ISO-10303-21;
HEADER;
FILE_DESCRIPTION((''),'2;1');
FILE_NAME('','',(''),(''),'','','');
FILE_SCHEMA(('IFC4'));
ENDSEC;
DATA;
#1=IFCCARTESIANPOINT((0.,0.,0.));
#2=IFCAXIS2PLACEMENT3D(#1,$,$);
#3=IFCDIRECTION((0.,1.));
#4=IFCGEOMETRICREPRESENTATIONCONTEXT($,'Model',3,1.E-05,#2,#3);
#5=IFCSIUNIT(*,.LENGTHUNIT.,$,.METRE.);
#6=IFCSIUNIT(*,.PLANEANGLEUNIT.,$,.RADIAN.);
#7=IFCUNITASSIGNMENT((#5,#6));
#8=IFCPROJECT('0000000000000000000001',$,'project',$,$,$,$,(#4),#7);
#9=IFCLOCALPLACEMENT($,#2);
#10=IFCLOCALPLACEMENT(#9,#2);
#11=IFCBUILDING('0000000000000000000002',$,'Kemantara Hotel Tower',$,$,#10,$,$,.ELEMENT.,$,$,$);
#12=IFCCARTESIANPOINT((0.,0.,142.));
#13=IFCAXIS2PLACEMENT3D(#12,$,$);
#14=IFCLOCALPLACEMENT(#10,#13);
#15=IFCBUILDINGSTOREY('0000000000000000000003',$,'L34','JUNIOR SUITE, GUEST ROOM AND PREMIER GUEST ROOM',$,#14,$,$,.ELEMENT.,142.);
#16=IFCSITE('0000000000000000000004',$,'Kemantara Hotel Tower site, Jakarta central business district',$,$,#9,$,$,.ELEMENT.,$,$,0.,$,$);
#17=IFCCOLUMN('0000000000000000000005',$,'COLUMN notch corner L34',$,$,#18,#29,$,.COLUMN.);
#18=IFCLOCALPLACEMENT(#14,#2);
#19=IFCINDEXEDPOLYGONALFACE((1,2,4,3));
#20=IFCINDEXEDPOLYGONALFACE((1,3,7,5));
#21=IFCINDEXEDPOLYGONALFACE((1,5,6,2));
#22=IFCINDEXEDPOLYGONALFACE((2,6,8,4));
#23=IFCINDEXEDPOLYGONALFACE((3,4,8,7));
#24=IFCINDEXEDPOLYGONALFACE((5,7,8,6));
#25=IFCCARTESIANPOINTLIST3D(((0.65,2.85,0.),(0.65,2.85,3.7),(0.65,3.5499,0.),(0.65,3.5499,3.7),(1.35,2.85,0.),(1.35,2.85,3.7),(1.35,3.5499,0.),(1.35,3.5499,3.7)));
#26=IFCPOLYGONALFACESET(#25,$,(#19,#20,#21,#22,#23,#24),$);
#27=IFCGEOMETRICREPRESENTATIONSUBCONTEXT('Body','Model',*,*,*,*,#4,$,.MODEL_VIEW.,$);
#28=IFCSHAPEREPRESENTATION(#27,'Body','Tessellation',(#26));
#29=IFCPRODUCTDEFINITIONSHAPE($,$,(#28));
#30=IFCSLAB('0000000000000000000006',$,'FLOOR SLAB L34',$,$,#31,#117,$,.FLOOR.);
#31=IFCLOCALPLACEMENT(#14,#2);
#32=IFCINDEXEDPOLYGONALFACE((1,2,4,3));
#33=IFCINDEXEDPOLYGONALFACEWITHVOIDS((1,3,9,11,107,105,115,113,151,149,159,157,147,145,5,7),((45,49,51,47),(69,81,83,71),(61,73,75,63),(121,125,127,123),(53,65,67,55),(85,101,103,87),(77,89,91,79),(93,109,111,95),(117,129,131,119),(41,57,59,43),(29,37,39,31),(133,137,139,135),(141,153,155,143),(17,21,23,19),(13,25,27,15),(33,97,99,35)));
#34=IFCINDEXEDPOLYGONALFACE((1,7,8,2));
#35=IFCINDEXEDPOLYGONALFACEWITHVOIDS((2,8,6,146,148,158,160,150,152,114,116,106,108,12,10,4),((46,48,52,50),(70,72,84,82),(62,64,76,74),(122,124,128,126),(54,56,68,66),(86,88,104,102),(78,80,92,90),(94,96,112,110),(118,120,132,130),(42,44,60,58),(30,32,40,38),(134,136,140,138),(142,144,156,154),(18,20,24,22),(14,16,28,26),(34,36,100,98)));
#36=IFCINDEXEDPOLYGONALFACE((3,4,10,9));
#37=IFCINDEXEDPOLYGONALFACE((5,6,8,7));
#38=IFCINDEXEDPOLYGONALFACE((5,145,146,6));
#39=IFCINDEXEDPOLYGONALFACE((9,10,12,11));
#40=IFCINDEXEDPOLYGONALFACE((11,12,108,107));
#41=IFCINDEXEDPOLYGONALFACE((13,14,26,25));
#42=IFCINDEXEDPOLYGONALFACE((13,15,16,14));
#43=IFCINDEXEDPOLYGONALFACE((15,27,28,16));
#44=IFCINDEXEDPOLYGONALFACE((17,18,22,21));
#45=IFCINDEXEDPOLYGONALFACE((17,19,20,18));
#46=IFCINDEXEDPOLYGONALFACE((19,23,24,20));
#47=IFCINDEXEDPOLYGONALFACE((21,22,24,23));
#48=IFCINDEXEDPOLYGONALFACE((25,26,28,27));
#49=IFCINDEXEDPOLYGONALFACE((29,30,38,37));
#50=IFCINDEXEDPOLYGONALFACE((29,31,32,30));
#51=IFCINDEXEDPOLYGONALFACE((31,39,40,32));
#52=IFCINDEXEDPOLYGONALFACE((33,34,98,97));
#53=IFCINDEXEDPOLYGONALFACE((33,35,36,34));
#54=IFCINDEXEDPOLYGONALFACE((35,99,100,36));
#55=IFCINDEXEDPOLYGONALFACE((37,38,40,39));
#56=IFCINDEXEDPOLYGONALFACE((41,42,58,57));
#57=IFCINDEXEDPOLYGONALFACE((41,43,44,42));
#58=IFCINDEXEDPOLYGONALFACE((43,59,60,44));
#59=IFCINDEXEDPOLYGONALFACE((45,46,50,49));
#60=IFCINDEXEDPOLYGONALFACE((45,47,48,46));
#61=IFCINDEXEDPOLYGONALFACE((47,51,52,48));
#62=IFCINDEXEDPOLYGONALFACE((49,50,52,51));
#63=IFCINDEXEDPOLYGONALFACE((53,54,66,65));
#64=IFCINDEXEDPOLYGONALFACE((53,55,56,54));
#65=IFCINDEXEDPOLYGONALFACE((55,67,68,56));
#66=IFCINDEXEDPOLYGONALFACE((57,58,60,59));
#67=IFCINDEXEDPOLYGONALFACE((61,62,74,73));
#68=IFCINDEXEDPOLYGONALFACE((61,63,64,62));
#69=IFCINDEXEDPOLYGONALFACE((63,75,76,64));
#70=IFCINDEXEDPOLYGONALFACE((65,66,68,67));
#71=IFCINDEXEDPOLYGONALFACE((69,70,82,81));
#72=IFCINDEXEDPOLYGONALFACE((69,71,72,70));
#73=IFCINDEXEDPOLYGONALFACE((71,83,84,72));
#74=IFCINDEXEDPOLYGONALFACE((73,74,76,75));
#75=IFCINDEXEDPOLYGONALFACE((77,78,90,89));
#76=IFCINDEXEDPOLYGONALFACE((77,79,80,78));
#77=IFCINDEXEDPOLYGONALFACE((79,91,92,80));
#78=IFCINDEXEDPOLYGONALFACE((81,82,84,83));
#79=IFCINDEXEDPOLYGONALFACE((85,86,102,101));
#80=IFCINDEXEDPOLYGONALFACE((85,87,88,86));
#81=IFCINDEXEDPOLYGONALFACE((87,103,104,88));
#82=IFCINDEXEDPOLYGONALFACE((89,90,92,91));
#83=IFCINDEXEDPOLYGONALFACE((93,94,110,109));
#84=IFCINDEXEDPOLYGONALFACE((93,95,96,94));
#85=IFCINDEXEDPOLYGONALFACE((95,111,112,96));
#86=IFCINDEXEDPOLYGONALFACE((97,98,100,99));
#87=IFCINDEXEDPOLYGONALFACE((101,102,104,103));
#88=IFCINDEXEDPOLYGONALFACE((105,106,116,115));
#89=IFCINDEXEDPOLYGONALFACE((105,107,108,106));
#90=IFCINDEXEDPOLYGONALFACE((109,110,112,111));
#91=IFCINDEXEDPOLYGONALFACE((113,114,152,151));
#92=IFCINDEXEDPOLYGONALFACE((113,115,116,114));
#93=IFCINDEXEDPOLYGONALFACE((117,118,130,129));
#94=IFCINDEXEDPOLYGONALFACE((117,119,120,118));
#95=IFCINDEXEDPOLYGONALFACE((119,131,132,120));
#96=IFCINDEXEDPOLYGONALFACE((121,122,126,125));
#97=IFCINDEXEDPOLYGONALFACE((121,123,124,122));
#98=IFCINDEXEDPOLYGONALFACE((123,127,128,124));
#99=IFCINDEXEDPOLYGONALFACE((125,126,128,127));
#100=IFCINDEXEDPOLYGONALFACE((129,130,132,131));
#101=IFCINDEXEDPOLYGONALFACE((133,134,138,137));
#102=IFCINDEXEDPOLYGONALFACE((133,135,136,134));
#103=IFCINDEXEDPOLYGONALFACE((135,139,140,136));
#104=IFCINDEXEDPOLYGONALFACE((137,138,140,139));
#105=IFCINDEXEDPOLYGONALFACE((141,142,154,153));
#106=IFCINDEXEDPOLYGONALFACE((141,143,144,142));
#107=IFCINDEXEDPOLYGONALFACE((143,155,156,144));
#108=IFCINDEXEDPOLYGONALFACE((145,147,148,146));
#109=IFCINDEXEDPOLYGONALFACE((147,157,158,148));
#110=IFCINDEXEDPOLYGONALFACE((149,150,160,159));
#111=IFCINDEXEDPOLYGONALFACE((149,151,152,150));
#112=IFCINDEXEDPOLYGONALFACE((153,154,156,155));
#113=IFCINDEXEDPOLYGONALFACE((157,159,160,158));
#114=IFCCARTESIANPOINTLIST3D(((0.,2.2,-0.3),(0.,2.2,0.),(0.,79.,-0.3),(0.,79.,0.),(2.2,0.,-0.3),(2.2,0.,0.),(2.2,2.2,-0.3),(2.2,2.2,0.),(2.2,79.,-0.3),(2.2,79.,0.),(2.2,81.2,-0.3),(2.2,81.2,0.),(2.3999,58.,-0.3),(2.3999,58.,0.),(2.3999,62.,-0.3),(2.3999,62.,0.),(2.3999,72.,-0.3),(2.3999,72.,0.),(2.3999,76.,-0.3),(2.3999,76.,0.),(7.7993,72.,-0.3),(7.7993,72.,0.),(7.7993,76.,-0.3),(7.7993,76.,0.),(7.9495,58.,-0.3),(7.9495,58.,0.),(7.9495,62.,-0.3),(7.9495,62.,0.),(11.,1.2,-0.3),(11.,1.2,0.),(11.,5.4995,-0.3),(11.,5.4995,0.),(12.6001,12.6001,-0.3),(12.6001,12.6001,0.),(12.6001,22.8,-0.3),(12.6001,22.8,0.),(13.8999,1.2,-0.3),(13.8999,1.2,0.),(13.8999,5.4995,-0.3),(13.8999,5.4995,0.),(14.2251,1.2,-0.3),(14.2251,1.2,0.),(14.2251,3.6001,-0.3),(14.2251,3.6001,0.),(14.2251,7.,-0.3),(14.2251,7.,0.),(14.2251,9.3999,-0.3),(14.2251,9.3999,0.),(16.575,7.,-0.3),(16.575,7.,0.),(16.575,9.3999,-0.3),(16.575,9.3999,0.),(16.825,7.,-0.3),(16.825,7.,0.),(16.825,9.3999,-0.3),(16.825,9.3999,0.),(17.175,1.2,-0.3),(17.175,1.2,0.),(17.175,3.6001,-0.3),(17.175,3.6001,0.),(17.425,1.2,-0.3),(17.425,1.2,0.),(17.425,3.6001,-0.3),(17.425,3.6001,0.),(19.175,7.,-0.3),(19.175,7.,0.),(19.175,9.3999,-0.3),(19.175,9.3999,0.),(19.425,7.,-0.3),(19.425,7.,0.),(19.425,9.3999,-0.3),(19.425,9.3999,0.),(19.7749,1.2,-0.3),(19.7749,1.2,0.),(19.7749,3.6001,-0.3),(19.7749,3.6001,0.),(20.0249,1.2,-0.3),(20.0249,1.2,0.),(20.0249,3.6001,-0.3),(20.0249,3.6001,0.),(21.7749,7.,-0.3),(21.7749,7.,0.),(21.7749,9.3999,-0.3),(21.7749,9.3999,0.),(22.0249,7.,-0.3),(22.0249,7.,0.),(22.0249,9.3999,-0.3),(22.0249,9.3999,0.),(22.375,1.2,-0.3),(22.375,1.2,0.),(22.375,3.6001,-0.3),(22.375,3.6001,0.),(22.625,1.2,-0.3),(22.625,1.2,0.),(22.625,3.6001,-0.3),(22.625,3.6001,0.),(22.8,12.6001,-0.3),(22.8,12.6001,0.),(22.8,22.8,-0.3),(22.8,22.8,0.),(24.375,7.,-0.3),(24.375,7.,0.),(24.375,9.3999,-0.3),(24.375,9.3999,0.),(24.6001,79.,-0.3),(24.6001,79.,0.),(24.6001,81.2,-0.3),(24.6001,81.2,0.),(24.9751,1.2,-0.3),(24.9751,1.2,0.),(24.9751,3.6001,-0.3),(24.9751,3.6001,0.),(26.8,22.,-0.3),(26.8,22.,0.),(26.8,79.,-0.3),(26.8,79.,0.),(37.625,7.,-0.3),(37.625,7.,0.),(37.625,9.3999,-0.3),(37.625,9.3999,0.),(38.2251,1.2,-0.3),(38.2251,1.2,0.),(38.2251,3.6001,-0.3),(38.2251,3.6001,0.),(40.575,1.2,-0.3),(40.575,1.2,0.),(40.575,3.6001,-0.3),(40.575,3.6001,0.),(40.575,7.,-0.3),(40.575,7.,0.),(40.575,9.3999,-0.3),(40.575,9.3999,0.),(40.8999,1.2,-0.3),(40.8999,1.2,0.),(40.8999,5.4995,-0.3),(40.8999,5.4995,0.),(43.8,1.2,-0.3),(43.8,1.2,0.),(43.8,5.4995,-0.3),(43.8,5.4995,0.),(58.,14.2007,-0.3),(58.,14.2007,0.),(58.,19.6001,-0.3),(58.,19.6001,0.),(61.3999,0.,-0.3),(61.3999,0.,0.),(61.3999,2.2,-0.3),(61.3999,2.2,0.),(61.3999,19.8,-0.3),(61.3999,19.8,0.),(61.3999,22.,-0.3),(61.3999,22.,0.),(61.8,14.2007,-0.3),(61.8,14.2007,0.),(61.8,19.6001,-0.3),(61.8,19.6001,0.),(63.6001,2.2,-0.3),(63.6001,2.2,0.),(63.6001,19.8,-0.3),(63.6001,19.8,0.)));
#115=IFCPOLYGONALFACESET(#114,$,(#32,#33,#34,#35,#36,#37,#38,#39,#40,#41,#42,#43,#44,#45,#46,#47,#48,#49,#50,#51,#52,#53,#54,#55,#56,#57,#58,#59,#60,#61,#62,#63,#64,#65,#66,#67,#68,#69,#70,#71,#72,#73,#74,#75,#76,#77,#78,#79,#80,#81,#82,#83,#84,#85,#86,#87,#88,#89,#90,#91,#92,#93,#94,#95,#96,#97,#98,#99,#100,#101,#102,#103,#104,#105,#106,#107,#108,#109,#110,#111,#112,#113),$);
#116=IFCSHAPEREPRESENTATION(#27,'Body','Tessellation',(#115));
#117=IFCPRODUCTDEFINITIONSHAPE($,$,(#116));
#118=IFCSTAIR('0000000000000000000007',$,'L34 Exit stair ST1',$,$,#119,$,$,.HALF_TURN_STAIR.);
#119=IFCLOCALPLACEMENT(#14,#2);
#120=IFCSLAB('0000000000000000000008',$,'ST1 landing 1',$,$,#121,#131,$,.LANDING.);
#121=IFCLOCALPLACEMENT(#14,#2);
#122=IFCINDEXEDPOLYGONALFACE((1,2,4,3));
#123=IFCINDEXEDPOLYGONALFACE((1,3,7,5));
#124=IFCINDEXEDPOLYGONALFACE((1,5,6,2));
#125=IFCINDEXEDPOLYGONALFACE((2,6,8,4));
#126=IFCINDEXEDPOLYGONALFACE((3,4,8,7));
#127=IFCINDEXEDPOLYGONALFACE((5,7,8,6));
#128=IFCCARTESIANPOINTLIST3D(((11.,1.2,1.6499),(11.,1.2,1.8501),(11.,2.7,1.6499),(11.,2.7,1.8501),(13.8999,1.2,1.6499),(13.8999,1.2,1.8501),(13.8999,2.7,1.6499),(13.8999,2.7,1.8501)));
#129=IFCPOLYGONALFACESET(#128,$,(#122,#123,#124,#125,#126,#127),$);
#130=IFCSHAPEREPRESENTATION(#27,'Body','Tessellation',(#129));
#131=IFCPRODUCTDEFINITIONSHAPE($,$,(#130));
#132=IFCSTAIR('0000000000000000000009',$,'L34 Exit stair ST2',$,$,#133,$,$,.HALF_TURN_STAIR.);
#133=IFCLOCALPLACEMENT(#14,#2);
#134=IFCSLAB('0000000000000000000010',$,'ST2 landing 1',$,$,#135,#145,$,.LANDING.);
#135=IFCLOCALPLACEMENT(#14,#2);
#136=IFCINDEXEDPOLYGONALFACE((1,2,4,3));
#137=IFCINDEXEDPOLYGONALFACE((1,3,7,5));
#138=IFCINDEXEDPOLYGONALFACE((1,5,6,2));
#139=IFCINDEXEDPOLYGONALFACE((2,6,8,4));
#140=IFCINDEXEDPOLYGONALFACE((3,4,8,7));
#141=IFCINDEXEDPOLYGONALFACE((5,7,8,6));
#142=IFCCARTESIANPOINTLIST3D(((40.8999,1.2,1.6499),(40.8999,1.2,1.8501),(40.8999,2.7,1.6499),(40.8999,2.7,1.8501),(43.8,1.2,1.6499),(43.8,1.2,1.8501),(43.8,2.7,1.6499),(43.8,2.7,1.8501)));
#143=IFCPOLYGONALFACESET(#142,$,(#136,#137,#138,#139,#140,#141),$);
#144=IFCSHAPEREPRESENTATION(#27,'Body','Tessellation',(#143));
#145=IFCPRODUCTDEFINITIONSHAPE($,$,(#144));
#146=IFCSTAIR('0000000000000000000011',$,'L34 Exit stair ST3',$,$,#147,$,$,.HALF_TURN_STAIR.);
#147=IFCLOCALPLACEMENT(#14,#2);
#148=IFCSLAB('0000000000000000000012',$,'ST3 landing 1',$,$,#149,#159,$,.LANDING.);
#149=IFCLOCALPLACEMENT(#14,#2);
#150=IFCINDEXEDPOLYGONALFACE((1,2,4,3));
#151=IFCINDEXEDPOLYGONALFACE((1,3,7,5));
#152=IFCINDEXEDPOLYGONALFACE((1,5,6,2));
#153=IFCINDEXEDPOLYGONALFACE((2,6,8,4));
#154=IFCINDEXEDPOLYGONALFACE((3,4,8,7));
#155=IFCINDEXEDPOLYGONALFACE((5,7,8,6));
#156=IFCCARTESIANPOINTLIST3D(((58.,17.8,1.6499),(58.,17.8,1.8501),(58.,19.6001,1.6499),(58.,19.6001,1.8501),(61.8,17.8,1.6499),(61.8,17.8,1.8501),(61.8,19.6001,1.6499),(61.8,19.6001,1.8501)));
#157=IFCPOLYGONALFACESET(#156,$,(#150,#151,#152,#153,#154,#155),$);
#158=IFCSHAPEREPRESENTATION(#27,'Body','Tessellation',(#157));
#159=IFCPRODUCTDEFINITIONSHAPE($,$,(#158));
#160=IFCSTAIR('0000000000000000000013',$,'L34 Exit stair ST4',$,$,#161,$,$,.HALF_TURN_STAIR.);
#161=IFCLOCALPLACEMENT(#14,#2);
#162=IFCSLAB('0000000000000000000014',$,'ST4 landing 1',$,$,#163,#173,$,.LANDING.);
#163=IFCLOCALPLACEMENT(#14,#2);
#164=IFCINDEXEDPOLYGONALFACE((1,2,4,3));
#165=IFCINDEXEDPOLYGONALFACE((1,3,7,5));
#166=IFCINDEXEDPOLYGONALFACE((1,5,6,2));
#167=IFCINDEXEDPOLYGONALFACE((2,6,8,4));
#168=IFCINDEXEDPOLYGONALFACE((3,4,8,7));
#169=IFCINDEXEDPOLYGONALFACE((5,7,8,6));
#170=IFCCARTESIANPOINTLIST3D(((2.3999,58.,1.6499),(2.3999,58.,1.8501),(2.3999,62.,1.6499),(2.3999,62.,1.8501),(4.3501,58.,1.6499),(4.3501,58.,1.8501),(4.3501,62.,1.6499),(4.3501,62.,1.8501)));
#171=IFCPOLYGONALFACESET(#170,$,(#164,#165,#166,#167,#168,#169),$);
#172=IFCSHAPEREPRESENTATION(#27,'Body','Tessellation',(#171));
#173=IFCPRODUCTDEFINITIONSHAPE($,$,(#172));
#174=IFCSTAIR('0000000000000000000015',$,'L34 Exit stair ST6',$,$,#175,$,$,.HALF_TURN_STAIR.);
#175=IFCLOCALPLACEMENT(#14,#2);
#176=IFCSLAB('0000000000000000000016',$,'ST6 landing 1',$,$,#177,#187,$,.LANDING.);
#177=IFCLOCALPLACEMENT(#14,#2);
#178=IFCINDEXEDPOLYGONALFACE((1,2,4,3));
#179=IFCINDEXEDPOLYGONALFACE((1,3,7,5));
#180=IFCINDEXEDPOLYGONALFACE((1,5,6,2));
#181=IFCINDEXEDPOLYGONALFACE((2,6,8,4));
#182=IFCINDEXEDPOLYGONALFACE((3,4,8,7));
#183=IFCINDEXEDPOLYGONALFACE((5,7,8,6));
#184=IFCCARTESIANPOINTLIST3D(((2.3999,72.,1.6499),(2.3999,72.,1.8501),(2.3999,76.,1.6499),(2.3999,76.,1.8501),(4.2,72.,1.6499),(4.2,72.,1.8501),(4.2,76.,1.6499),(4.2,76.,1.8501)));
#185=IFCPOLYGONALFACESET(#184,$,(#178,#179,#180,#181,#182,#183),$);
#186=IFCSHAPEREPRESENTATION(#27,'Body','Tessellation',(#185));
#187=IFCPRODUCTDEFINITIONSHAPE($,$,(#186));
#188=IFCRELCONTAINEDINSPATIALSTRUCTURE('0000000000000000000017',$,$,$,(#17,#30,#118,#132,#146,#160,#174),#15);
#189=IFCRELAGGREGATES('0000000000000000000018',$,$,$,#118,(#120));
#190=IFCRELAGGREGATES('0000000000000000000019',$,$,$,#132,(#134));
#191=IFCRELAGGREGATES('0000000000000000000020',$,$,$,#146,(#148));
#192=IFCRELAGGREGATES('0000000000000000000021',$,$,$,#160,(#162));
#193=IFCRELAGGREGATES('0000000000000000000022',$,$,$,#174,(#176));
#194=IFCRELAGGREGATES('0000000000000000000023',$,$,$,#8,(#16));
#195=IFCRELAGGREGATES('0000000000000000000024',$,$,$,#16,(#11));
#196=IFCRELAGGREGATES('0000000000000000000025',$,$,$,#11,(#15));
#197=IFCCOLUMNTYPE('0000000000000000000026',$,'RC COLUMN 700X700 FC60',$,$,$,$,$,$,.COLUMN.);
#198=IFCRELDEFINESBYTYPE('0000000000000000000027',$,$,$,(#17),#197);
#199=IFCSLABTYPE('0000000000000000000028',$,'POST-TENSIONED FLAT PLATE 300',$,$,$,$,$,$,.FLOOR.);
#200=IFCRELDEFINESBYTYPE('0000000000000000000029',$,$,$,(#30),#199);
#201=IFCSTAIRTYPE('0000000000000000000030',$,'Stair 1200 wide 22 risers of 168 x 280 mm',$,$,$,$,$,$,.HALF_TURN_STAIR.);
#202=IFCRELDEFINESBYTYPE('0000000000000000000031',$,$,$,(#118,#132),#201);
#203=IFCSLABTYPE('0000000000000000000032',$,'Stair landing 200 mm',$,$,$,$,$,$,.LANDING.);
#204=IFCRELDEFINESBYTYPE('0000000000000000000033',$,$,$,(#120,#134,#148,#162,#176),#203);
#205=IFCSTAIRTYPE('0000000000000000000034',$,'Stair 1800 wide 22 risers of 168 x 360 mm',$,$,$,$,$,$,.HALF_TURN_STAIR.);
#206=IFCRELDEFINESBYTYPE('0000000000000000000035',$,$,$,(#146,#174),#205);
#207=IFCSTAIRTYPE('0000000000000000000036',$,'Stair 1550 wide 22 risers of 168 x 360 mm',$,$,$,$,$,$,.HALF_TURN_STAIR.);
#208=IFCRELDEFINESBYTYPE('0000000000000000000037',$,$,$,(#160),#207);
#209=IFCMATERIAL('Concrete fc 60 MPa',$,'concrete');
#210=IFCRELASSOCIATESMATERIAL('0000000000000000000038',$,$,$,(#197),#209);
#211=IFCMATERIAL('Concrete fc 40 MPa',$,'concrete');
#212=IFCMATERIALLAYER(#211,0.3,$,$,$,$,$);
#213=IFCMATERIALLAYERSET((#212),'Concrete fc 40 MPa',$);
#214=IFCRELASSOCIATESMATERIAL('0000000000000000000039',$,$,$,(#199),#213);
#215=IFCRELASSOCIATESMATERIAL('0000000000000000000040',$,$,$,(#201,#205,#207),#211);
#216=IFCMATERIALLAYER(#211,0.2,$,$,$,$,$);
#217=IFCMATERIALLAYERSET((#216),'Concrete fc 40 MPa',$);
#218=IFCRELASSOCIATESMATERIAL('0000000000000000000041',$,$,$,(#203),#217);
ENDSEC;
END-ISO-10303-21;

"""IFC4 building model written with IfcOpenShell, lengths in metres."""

from ifc_helpers import new_model, si_unit, direction, frame, origin, origin_2d, place, context, subcontext, project, spatial, polyline, rectangle, outline, extrude, material, layer, layer_set, material_profile, profile_set, type_object, element, aggregate, save


model = new_model("IFC4")

# Units and contexts
model_context = context("Model", 3, precision=1e-05, world=origin(), true_north=direction((0.0, 1.0)))
body_context = subcontext(model_context, "Body", "Model", "MODEL_VIEW")
ifc_project = project(units=[si_unit("LENGTHUNIT", "METRE"), si_unit("PLANEANGLEUNIT", "RADIAN")], contexts=[model_context])

# Site, building, storey
site_placement = place(None, origin())
site = spatial("IfcSite", under=ifc_project, at=site_placement, Name="Kemantara Hotel Tower site, Jakarta central business district", CompositionType="ELEMENT", RefElevation=0.0)
building_placement = place(site_placement, origin())
building = spatial("IfcBuilding", under=site, at=building_placement, Name="Kemantara Hotel Tower", CompositionType="ELEMENT")
storey_placement = place(building_placement, frame((0.0, 0.0, 142.0)))
storey = spatial("IfcBuildingStorey", under=building, at=storey_placement, Name="L34", Description="JUNIOR SUITE, GUEST ROOM AND PREMIER GUEST ROOM", CompositionType="ELEMENT", Elevation=142.0)

# Column
ifc_material_1 = material(Name="Concrete fc 60 MPa", Category="concrete")
ifc_material_profile = material_profile(ifc_material_1, rectangle(XDim=0.7, YDim=0.7, at=origin_2d()), Name="RC 700X700")
ifc_profile_set = profile_set([ifc_material_profile], Name="Concrete fc 60 MPa")
column_type = type_object("IfcColumnType", Name="RC COLUMN 700X700 FC60", PredefinedType="COLUMN", material=ifc_profile_set)
column_placement = place(storey_placement, frame((1.0, 3.2, 0.0), z_axis=(0.0, 0.0, 1.0), x_axis=(1.0, 0.0, 0.0)))
element("IfcColumn", 1, at=column_placement, inside=storey, type_object=column_type, Name="COLUMN notch corner L34", PredefinedType="COLUMN", context=body_context, shape_type="SweptSolid", body=[
    extrude(rectangle(XDim=0.7, YDim=0.7, at=origin_2d()), origin(), (0.0, 0.0, 1.0), 3.7),
])

# Slab
ifc_material_2 = material(Name="Concrete fc 40 MPa", Category="concrete")
ifc_layer_1 = layer(ifc_material_2, 0.3)
ifc_layer_set_1 = layer_set([ifc_layer_1], Name="Concrete fc 40 MPa")
slab_type_1 = type_object("IfcSlabType", Name="POST-TENSIONED FLAT PLATE 300", PredefinedType="FLOOR", material=ifc_layer_set_1)
slab_1_placement = place(storey_placement, frame((0.0, 0.0, -0.3)))
element("IfcSlab", 2, at=slab_1_placement, inside=storey, type_object=slab_type_1, Name="FLOOR SLAB L34", PredefinedType="FLOOR", context=body_context, shape_type="SweptSolid", body=[
    extrude(outline(polyline([(26.8, 79.0), (24.6001, 79.0), (24.6001, 81.2), (2.2, 81.2), (2.2, 79.0), (0.0, 79.0), (0.0, 2.2), (2.2, 2.2), (2.2, 0.0), (61.3999, 0.0), (61.3999, 2.2), (63.6001, 2.2), (63.6001, 19.8), (61.3999, 19.8), (61.3999, 22.0), (26.8, 22.0), (26.8, 79.0)]), holes=[polyline([(17.175, 1.2), (14.2251, 1.2), (14.2251, 3.6001), (17.175, 3.6001), (17.175, 1.2)]), polyline([(19.7749, 1.2), (17.425, 1.2), (17.425, 3.6001), (19.7749, 3.6001), (19.7749, 1.2)]), polyline([(11.0, 1.2), (11.0, 5.4995), (13.8999, 5.4995), (13.8999, 1.2), (11.0, 1.2)]), polyline([(16.575, 7.0), (14.2251, 7.0), (14.2251, 9.3999), (16.575, 9.3999), (16.575, 7.0)]), polyline([(19.175, 7.0), (16.825, 7.0), (16.825, 9.3999), (19.175, 9.3999), (19.175, 7.0)]), polyline([(22.8, 12.6001), (12.6001, 12.6001), (12.6001, 22.8), (22.8, 22.8), (22.8, 12.6001)]), polyline([(2.3999, 62.0), (7.9495, 62.0), (7.9495, 58.0), (2.3999, 58.0), (2.3999, 62.0)]), polyline([(2.3999, 76.0), (7.7993, 76.0), (7.7993, 72.0), (2.3999, 72.0), (2.3999, 76.0)]), polyline([(22.375, 1.2), (20.0249, 1.2), (20.0249, 3.6001), (22.375, 3.6001), (22.375, 1.2)]), polyline([(24.9751, 1.2), (22.625, 1.2), (22.625, 3.6001), (24.9751, 3.6001), (24.9751, 1.2)]), polyline([(40.575, 1.2), (38.2251, 1.2), (38.2251, 3.6001), (40.575, 3.6001), (40.575, 1.2)]), polyline([(40.8999, 1.2), (40.8999, 5.4995), (43.8, 5.4995), (43.8, 1.2), (40.8999, 1.2)]), polyline([(21.7749, 7.0), (19.425, 7.0), (19.425, 9.3999), (21.7749, 9.3999), (21.7749, 7.0)]), polyline([(24.375, 7.0), (22.0249, 7.0), (22.0249, 9.3999), (24.375, 9.3999), (24.375, 7.0)]), polyline([(40.575, 7.0), (37.625, 7.0), (37.625, 9.3999), (40.575, 9.3999), (40.575, 7.0)]), polyline([(61.8, 19.6001), (61.8, 14.2007), (58.0, 14.2007), (58.0, 19.6001), (61.8, 19.6001)])]), origin(), (0.0, 0.0, 1.0), 0.3),
])

# Stairs, slabs
stair_type_1 = type_object("IfcStairType", Name="Stair 1200 wide 22 risers of 168 x 280 mm", PredefinedType="HALF_TURN_STAIR", material=ifc_material_2)
stair_1_placement = place(storey_placement, origin())
stair_1 = element("IfcStair", 3, at=stair_1_placement, inside=storey, type_object=stair_type_1, Name="L34 Exit stair ST1", PredefinedType="HALF_TURN_STAIR")
ifc_layer_2 = layer(ifc_material_2, 0.2)
ifc_layer_set_2 = layer_set([ifc_layer_2], Name="Concrete fc 40 MPa")
slab_type_2 = type_object("IfcSlabType", Name="Stair landing 200 mm", PredefinedType="LANDING", material=ifc_layer_set_2)
slab_2_placement = place(storey_placement, frame((0.0, 0.0, 1.6499)))
slab_2 = element("IfcSlab", 4, at=slab_2_placement, type_object=slab_type_2, Name="ST1 landing 1", PredefinedType="LANDING", context=body_context, shape_type="SweptSolid", body=[
    extrude(outline(polyline([(11.0, 2.7), (11.0, 1.2), (13.8999, 1.2), (13.8999, 2.7), (11.0, 2.7)])), origin(), (0.0, 0.0, 1.0), 0.2002),
])
aggregate(stair_1, [slab_2])
stair_2_placement = place(storey_placement, origin())
stair_2 = element("IfcStair", 5, at=stair_2_placement, inside=storey, type_object=stair_type_1, Name="L34 Exit stair ST2", PredefinedType="HALF_TURN_STAIR")
slab_3_placement = place(storey_placement, frame((0.0, 0.0, 1.6499)))
slab_3 = element("IfcSlab", 6, at=slab_3_placement, type_object=slab_type_2, Name="ST2 landing 1", PredefinedType="LANDING", context=body_context, shape_type="SweptSolid", body=[
    extrude(outline(polyline([(40.8999, 2.7), (40.8999, 1.2), (43.8, 1.2), (43.8, 2.7), (40.8999, 2.7)])), origin(), (0.0, 0.0, 1.0), 0.2002),
])
aggregate(stair_2, [slab_3])
stair_type_2 = type_object("IfcStairType", Name="Stair 1800 wide 22 risers of 168 x 360 mm", PredefinedType="HALF_TURN_STAIR", material=ifc_material_2)
stair_3_placement = place(storey_placement, origin())
stair_3 = element("IfcStair", 7, at=stair_3_placement, inside=storey, type_object=stair_type_2, Name="L34 Exit stair ST3", PredefinedType="HALF_TURN_STAIR")
slab_4_placement = place(storey_placement, frame((0.0, 0.0, 1.6499)))
slab_4 = element("IfcSlab", 8, at=slab_4_placement, type_object=slab_type_2, Name="ST3 landing 1", PredefinedType="LANDING", context=body_context, shape_type="SweptSolid", body=[
    extrude(outline(polyline([(61.8, 17.8), (61.8, 19.6001), (58.0, 19.6001), (58.0, 17.8), (61.8, 17.8)])), origin(), (0.0, 0.0, 1.0), 0.2002),
])
aggregate(stair_3, [slab_4])
stair_type_3 = type_object("IfcStairType", Name="Stair 1550 wide 22 risers of 168 x 360 mm", PredefinedType="HALF_TURN_STAIR", material=ifc_material_2)
stair_4_placement = place(storey_placement, origin())
stair_4 = element("IfcStair", 9, at=stair_4_placement, inside=storey, type_object=stair_type_3, Name="L34 Exit stair ST4", PredefinedType="HALF_TURN_STAIR")
slab_5_placement = place(storey_placement, frame((0.0, 0.0, 1.6499)))
slab_5 = element("IfcSlab", 10, at=slab_5_placement, type_object=slab_type_2, Name="ST4 landing 1", PredefinedType="LANDING", context=body_context, shape_type="SweptSolid", body=[
    extrude(outline(polyline([(4.3501, 62.0), (2.3999, 62.0), (2.3999, 58.0), (4.3501, 58.0), (4.3501, 62.0)])), origin(), (0.0, 0.0, 1.0), 0.2002),
])
aggregate(stair_4, [slab_5])
stair_5_placement = place(storey_placement, origin())
stair_5 = element("IfcStair", 11, at=stair_5_placement, inside=storey, type_object=stair_type_2, Name="L34 Exit stair ST6", PredefinedType="HALF_TURN_STAIR")
slab_6_placement = place(storey_placement, frame((0.0, 0.0, 1.6499)))
slab_6 = element("IfcSlab", 12, at=slab_6_placement, type_object=slab_type_2, Name="ST6 landing 1", PredefinedType="LANDING", context=body_context, shape_type="SweptSolid", body=[
    extrude(outline(polyline([(4.2, 76.0), (2.3999, 76.0), (2.3999, 72.0), (4.2, 72.0), (4.2, 76.0)])), origin(), (0.0, 0.0, 1.0), 0.2002),
])
aggregate(stair_5, [slab_6])

save(model, "model.ifc")
